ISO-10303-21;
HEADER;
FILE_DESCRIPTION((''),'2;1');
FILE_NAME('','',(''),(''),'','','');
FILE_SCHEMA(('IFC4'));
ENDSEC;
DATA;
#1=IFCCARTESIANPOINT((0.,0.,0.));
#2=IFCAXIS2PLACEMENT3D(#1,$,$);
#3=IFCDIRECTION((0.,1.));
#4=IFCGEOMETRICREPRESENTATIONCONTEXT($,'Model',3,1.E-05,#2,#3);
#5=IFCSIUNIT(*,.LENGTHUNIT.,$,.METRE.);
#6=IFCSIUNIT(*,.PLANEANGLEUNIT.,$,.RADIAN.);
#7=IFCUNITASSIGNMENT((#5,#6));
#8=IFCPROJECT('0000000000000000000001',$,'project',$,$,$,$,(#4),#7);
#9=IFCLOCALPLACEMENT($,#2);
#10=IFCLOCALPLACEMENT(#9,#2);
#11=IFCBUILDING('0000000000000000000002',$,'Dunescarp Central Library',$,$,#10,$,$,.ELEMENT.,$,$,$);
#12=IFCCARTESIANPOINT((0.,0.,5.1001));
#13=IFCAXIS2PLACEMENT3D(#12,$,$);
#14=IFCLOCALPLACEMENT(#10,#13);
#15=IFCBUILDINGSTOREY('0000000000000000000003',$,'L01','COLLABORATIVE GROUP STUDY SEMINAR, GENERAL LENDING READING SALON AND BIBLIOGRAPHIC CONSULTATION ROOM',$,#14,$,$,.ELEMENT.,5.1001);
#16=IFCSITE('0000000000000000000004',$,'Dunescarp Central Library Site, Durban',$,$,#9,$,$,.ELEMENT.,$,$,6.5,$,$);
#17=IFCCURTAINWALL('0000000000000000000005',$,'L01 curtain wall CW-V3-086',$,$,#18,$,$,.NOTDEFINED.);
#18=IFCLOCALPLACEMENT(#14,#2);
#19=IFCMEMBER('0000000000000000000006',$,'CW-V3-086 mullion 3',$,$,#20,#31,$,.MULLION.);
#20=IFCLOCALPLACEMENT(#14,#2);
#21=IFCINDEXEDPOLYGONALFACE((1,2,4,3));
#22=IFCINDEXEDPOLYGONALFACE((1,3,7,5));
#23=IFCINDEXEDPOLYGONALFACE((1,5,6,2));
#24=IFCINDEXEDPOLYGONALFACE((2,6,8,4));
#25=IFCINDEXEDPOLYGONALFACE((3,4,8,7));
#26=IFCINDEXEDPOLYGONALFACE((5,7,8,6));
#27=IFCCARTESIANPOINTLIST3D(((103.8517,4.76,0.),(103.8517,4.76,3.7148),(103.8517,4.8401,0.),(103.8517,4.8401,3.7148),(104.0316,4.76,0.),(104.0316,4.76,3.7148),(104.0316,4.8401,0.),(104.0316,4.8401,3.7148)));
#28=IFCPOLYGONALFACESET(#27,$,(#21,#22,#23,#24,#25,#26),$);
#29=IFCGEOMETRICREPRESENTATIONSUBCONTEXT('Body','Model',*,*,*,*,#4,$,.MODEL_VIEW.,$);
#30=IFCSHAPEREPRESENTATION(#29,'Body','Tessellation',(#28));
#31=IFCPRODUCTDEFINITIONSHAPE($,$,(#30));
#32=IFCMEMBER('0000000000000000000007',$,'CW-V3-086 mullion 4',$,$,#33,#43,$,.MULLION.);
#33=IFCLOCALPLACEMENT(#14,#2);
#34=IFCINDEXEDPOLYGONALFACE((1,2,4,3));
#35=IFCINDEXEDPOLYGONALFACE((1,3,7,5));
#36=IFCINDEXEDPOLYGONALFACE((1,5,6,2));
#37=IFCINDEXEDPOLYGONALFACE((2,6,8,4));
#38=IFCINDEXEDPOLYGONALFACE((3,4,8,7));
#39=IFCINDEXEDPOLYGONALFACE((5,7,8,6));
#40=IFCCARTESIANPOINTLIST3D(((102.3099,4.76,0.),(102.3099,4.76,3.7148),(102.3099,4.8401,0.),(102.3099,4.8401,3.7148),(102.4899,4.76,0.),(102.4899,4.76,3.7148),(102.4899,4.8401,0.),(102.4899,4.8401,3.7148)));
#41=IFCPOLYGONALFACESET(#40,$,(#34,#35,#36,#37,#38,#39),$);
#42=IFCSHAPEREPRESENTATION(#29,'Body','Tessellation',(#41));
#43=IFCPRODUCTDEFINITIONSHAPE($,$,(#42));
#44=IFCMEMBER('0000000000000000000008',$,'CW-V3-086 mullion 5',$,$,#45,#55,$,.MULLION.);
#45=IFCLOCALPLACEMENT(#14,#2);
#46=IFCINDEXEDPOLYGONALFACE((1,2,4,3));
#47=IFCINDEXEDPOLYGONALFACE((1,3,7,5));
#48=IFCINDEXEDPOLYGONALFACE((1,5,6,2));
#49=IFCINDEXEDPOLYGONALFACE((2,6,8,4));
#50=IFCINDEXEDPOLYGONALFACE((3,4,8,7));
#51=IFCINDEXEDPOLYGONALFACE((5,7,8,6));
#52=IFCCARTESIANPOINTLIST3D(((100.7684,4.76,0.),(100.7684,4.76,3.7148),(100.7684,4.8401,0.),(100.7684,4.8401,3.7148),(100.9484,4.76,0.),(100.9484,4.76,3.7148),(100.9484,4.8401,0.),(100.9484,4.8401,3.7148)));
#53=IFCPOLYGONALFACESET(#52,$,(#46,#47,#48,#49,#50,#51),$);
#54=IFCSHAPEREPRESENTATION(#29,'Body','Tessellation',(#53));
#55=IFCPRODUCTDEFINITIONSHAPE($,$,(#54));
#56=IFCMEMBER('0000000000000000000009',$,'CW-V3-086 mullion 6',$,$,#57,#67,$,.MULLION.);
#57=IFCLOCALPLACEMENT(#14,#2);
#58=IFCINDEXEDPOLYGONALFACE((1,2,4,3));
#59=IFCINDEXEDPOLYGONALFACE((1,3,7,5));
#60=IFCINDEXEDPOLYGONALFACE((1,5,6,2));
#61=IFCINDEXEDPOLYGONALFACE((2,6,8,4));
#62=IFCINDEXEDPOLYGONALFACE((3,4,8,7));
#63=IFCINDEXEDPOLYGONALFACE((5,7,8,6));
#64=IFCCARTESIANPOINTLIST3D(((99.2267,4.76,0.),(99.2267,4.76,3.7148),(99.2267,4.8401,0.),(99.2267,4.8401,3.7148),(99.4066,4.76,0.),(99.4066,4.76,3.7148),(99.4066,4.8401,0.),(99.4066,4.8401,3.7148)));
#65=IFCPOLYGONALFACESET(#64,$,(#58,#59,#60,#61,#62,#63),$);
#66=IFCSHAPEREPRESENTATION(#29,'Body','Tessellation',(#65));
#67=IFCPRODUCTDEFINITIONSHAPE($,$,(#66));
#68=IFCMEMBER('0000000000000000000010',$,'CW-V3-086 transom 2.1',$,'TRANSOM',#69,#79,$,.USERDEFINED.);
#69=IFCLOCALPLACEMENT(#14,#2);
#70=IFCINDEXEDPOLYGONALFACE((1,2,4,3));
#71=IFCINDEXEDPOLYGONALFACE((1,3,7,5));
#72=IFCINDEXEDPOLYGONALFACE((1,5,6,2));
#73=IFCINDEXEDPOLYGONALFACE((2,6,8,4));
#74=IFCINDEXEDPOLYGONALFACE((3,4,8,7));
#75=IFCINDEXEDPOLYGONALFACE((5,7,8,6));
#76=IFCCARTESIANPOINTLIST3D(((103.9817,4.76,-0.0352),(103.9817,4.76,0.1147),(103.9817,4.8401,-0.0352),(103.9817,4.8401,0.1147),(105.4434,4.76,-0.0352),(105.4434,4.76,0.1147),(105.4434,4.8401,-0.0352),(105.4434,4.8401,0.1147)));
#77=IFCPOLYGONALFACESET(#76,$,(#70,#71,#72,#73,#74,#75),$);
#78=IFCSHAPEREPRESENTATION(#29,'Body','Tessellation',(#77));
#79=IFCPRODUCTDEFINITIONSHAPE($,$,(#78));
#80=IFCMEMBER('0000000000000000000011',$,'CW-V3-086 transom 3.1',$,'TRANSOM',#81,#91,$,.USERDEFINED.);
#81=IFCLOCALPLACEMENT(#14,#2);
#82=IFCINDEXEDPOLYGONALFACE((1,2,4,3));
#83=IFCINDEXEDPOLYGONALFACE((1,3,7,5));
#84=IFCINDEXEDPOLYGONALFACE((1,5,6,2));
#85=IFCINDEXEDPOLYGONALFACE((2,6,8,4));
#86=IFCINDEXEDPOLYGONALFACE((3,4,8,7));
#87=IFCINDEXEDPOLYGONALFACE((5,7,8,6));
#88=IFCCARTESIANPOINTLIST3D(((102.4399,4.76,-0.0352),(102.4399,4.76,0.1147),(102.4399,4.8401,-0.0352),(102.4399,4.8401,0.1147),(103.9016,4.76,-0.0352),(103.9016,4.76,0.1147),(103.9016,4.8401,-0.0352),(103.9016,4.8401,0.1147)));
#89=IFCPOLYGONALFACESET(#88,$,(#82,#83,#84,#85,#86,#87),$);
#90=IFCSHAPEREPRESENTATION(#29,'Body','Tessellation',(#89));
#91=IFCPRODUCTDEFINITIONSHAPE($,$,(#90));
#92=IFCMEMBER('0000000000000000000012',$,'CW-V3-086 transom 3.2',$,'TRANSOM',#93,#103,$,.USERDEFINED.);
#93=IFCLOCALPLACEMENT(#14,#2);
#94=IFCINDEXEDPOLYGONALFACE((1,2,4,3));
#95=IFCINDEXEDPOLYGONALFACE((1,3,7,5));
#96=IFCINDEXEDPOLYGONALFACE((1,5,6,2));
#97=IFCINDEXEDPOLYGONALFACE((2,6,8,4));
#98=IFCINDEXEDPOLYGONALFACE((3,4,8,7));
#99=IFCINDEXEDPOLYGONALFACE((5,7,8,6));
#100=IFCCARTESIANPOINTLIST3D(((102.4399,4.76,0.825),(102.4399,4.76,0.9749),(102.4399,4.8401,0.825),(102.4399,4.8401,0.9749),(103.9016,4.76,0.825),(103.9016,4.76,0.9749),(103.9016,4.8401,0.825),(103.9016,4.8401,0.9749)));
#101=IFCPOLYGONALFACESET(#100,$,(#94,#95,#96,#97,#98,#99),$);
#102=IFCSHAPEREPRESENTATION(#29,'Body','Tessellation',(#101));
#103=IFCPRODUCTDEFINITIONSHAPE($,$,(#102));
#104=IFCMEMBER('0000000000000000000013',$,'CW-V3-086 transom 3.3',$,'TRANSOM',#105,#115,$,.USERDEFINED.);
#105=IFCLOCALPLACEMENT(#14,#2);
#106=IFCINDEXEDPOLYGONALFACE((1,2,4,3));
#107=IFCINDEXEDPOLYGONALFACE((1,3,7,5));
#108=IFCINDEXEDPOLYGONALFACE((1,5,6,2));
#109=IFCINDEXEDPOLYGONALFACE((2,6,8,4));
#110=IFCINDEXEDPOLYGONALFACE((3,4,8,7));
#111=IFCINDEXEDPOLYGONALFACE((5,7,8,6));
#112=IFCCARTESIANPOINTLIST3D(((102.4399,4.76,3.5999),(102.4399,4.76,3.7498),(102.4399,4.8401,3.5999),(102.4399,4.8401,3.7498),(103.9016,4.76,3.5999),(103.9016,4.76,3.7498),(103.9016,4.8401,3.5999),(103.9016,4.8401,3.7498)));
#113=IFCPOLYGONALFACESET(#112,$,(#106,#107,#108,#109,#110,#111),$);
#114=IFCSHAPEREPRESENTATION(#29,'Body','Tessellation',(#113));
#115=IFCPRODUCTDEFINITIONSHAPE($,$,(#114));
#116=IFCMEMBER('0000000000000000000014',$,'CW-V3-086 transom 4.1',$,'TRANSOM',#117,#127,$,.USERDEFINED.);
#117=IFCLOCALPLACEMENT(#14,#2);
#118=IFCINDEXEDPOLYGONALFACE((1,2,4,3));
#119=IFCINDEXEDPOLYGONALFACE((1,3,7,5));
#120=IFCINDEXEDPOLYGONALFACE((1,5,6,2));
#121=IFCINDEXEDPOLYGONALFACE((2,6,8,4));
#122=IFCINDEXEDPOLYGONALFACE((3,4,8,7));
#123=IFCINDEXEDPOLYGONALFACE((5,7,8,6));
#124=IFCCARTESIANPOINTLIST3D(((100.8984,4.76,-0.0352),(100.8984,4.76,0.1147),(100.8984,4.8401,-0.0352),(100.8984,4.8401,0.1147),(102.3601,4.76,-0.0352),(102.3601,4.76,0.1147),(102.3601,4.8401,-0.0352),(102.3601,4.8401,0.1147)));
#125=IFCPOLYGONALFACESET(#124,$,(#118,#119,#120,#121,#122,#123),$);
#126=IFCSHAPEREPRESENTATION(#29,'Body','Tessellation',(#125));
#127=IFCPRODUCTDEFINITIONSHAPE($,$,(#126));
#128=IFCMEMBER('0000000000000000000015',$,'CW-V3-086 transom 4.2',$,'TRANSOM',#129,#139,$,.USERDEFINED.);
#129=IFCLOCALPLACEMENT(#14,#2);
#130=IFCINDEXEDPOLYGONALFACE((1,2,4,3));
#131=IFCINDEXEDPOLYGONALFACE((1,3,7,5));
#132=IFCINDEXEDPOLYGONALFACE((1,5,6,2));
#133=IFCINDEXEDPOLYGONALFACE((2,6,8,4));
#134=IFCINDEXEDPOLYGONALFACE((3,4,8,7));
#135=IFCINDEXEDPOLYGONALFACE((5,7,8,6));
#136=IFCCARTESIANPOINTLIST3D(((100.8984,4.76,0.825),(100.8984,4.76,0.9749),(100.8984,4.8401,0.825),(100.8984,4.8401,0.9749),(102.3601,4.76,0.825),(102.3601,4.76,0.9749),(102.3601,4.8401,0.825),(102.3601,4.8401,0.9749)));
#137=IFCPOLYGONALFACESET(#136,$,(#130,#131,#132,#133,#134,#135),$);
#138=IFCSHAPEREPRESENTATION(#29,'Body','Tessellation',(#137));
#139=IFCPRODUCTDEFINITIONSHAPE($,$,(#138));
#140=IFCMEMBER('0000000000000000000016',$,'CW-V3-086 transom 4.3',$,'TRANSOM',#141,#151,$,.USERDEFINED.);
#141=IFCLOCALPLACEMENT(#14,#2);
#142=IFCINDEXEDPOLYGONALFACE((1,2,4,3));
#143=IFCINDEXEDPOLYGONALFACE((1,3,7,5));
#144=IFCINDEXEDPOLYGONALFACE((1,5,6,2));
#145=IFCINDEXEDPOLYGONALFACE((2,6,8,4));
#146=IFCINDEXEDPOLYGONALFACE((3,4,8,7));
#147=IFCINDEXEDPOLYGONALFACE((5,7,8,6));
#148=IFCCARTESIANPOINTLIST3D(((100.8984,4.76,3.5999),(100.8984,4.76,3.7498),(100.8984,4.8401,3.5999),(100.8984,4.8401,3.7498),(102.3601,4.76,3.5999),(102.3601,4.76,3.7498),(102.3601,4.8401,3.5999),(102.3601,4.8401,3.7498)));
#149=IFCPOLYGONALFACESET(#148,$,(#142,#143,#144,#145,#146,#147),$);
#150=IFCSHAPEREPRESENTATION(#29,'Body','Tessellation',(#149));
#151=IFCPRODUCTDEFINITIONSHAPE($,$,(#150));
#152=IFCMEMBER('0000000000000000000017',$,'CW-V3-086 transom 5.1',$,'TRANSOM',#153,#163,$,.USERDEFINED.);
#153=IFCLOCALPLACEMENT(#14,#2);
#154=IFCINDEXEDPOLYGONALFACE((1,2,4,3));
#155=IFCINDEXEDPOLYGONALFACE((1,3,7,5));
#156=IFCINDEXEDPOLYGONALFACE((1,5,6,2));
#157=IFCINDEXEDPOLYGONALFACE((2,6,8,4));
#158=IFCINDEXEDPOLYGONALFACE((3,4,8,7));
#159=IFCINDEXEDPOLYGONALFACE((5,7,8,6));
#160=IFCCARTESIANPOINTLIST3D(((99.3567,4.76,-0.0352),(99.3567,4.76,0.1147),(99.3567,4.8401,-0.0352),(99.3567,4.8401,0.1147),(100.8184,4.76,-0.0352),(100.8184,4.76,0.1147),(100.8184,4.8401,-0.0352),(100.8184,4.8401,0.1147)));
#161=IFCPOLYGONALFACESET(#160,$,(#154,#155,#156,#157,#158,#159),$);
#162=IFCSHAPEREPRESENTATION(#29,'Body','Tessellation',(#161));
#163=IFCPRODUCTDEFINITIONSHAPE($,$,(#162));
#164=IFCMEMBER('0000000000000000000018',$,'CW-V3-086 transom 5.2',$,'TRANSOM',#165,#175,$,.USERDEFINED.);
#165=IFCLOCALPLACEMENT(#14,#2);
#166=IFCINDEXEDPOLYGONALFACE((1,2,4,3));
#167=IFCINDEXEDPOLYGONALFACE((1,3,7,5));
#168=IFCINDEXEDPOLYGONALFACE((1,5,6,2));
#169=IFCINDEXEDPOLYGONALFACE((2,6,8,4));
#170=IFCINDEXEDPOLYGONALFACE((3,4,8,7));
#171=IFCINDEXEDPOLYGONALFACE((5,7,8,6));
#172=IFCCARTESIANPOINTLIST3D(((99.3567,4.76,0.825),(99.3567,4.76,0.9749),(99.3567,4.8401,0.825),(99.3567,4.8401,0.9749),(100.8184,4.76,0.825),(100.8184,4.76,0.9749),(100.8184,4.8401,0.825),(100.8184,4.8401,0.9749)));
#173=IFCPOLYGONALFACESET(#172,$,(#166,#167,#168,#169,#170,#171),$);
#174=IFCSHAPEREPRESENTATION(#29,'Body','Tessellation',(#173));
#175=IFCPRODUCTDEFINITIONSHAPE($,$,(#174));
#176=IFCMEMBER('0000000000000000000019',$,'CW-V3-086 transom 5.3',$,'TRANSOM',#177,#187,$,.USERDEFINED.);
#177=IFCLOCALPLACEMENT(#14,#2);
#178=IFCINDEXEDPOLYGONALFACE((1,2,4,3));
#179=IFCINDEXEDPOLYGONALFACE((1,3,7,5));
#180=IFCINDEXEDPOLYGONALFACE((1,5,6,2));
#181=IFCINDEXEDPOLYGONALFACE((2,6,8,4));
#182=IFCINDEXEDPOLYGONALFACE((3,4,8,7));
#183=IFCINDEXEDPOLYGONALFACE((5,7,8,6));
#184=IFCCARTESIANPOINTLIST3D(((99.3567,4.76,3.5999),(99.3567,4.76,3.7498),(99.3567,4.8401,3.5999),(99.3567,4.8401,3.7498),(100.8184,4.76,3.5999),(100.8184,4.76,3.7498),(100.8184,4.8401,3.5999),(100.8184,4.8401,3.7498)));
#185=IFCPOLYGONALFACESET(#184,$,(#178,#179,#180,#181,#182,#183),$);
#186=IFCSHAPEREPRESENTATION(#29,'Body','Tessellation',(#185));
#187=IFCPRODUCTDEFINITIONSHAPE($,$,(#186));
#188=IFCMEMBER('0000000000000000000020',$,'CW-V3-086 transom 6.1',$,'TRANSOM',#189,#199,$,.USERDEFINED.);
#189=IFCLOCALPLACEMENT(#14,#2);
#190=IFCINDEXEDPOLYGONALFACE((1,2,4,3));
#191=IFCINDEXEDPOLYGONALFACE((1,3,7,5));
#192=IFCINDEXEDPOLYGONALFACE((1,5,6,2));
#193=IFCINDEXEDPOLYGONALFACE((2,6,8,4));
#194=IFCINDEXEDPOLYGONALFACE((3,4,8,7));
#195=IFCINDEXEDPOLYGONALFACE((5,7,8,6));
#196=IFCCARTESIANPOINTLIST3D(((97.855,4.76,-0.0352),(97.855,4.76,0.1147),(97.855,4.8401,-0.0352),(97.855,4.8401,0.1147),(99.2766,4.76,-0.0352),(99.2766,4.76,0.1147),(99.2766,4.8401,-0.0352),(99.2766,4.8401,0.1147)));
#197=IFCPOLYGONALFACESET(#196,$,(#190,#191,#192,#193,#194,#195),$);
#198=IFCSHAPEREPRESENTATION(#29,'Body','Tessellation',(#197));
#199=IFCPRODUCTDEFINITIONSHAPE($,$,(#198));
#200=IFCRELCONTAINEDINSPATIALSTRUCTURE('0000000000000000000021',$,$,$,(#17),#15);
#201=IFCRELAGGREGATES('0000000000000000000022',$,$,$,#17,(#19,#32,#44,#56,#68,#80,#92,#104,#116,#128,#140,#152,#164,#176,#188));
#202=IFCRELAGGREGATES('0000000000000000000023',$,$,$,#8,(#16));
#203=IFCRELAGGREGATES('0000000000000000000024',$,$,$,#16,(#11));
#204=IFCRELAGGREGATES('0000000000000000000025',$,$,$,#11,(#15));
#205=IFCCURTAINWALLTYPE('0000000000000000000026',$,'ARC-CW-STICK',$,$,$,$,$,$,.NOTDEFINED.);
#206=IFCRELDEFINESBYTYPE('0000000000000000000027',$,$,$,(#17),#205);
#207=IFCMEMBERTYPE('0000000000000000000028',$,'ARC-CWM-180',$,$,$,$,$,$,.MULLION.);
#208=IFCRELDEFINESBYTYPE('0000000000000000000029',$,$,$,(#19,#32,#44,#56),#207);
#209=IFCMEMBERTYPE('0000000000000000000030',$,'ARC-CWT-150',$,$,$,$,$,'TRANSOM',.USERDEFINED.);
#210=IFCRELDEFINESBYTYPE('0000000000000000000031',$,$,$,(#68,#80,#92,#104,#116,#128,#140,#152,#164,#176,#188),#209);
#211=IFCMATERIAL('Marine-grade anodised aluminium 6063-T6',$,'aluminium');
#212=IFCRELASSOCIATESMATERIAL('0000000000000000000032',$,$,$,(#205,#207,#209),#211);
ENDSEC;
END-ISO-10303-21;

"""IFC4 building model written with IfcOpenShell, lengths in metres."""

from ifc_helpers import new_model, si_unit, direction, frame, origin, origin_2d, place, context, subcontext, project, spatial, rectangle, extrude, material, material_profile, profile_set, type_object, element, aggregate, save


model = new_model("IFC4")

# Units and contexts
model_context = context("Model", 3, precision=1e-05, world=origin(), true_north=direction((0.0, 1.0)))
body_context = subcontext(model_context, "Body", "Model", "MODEL_VIEW")
ifc_project = project(units=[si_unit("LENGTHUNIT", "METRE"), si_unit("PLANEANGLEUNIT", "RADIAN")], contexts=[model_context])

# Site, building, storey
site_placement = place(None, origin())
site = spatial("IfcSite", under=ifc_project, at=site_placement, Name="Dunescarp Central Library Site, Durban", CompositionType="ELEMENT", RefElevation=6.5)
building_placement = place(site_placement, origin())
building = spatial("IfcBuilding", under=site, at=building_placement, Name="Dunescarp Central Library", CompositionType="ELEMENT")
storey_placement = place(building_placement, frame((0.0, 0.0, 5.1001)))
storey = spatial("IfcBuildingStorey", under=building, at=storey_placement, Name="L01", Description="COLLABORATIVE GROUP STUDY SEMINAR, GENERAL LENDING READING SALON AND BIBLIOGRAPHIC CONSULTATION ROOM", CompositionType="ELEMENT", Elevation=5.1001)

# Curtain wall, members
ifc_material_1 = material(Name="Marine-grade anodised aluminium 6063-T6", Category="aluminium")
curtain_wall_type = type_object("IfcCurtainWallType", Name="ARC-CW-STICK", PredefinedType="NOTDEFINED", material=ifc_material_1)
curtain_wall_placement = place(storey_placement, origin())
curtain_wall = element("IfcCurtainWall", 1, at=curtain_wall_placement, inside=storey, type_object=curtain_wall_type, Name="L01 curtain wall CW-V3-086", PredefinedType="NOTDEFINED")
ifc_material_profile_1 = material_profile(ifc_material_1, rectangle(XDim=0.0801, YDim=0.1799, at=origin_2d()), Name="AL 80x180")
ifc_profile_set_1 = profile_set([ifc_material_profile_1], Name="Marine-grade anodised aluminium 6063-T6")
member_type_1 = type_object("IfcMemberType", Name="ARC-CWM-180", PredefinedType="MULLION", material=ifc_profile_set_1)
member_1_placement = place(storey_placement, frame((103.9417, 4.8, 0.0), z_axis=(0.0, 0.0, 1.0), x_axis=(0.0, -1.0, 0.0)))
member_1 = element("IfcMember", 2, at=member_1_placement, type_object=member_type_1, Name="CW-V3-086 mullion 3", PredefinedType="MULLION", context=body_context, shape_type="SweptSolid", body=[
    extrude(rectangle(XDim=0.0801, YDim=0.1799, at=origin_2d()), origin(), (0.0, 0.0, 1.0), 3.7148),
])
member_2_placement = place(storey_placement, frame((102.3999, 4.8, 0.0), z_axis=(0.0, 0.0, 1.0), x_axis=(0.0, -1.0, 0.0)))
member_2 = element("IfcMember", 3, at=member_2_placement, type_object=member_type_1, Name="CW-V3-086 mullion 4", PredefinedType="MULLION", context=body_context, shape_type="SweptSolid", body=[
    extrude(rectangle(XDim=0.0801, YDim=0.1799, at=origin_2d()), origin(), (0.0, 0.0, 1.0), 3.7148),
])
member_3_placement = place(storey_placement, frame((100.8584, 4.8, 0.0), z_axis=(0.0, 0.0, 1.0), x_axis=(0.0, -1.0, 0.0)))
member_3 = element("IfcMember", 4, at=member_3_placement, type_object=member_type_1, Name="CW-V3-086 mullion 5", PredefinedType="MULLION", context=body_context, shape_type="SweptSolid", body=[
    extrude(rectangle(XDim=0.0801, YDim=0.1799, at=origin_2d()), origin(), (0.0, 0.0, 1.0), 3.7148),
])
member_4_placement = place(storey_placement, frame((99.3167, 4.8, 0.0), z_axis=(0.0, 0.0, 1.0), x_axis=(0.0, -1.0, 0.0)))
member_4 = element("IfcMember", 5, at=member_4_placement, type_object=member_type_1, Name="CW-V3-086 mullion 6", PredefinedType="MULLION", context=body_context, shape_type="SweptSolid", body=[
    extrude(rectangle(XDim=0.0801, YDim=0.1799, at=origin_2d()), origin(), (0.0, 0.0, 1.0), 3.7148),
])
ifc_material_profile_2 = material_profile(ifc_material_1, rectangle(XDim=0.0801, YDim=0.1499, at=origin_2d()), Name="AL 80x150")
ifc_profile_set_2 = profile_set([ifc_material_profile_2], Name="Marine-grade anodised aluminium 6063-T6")
member_type_2 = type_object("IfcMemberType", Name="ARC-CWT-150", ElementType="TRANSOM", PredefinedType="USERDEFINED", material=ifc_profile_set_2)
member_5_placement = place(storey_placement, frame((105.4434, 4.8, 0.0398), z_axis=(-1.0, 0.0, 0.0), x_axis=(0.0, -1.0, 0.0)))
member_5 = element("IfcMember", 6, at=member_5_placement, type_object=member_type_2, Name="CW-V3-086 transom 2.1", ObjectType="TRANSOM", PredefinedType="USERDEFINED", context=body_context, shape_type="SweptSolid", body=[
    extrude(rectangle(XDim=0.0801, YDim=0.1499, at=origin_2d()), origin(), (0.0, 0.0, 1.0), 1.4617),
])
member_6_placement = place(storey_placement, frame((103.9016, 4.8, 0.0398), z_axis=(-1.0, 0.0, 0.0), x_axis=(0.0, -1.0, 0.0)))
member_6 = element("IfcMember", 7, at=member_6_placement, type_object=member_type_2, Name="CW-V3-086 transom 3.1", ObjectType="TRANSOM", PredefinedType="USERDEFINED", context=body_context, shape_type="SweptSolid", body=[
    extrude(rectangle(XDim=0.0801, YDim=0.1499, at=origin_2d()), origin(), (0.0, 0.0, 1.0), 1.4617),
])
member_7_placement = place(storey_placement, frame((103.9016, 4.8, 0.8999), z_axis=(-1.0, 0.0, 0.0), x_axis=(0.0, -1.0, 0.0)))
member_7 = element("IfcMember", 8, at=member_7_placement, type_object=member_type_2, Name="CW-V3-086 transom 3.2", ObjectType="TRANSOM", PredefinedType="USERDEFINED", context=body_context, shape_type="SweptSolid", body=[
    extrude(rectangle(XDim=0.0801, YDim=0.1499, at=origin_2d()), origin(), (0.0, 0.0, 1.0), 1.4617),
])
member_8_placement = place(storey_placement, frame((103.9016, 4.8, 3.6748), z_axis=(-1.0, 0.0, 0.0), x_axis=(0.0, -1.0, 0.0)))
member_8 = element("IfcMember", 9, at=member_8_placement, type_object=member_type_2, Name="CW-V3-086 transom 3.3", ObjectType="TRANSOM", PredefinedType="USERDEFINED", context=body_context, shape_type="SweptSolid", body=[
    extrude(rectangle(XDim=0.0801, YDim=0.1499, at=origin_2d()), origin(), (0.0, 0.0, 1.0), 1.4617),
])
member_9_placement = place(storey_placement, frame((102.3601, 4.8, 0.0398), z_axis=(-1.0, 0.0, 0.0), x_axis=(0.0, -1.0, 0.0)))
member_9 = element("IfcMember", 10, at=member_9_placement, type_object=member_type_2, Name="CW-V3-086 transom 4.1", ObjectType="TRANSOM", PredefinedType="USERDEFINED", context=body_context, shape_type="SweptSolid", body=[
    extrude(rectangle(XDim=0.0801, YDim=0.1499, at=origin_2d()), origin(), (0.0, 0.0, 1.0), 1.4617),
])
member_10_placement = place(storey_placement, frame((102.3601, 4.8, 0.8999), z_axis=(-1.0, 0.0, 0.0), x_axis=(0.0, -1.0, 0.0)))
member_10 = element("IfcMember", 11, at=member_10_placement, type_object=member_type_2, Name="CW-V3-086 transom 4.2", ObjectType="TRANSOM", PredefinedType="USERDEFINED", context=body_context, shape_type="SweptSolid", body=[
    extrude(rectangle(XDim=0.0801, YDim=0.1499, at=origin_2d()), origin(), (0.0, 0.0, 1.0), 1.4617),
])
member_11_placement = place(storey_placement, frame((102.3601, 4.8, 3.6748), z_axis=(-1.0, 0.0, 0.0), x_axis=(0.0, -1.0, 0.0)))
member_11 = element("IfcMember", 12, at=member_11_placement, type_object=member_type_2, Name="CW-V3-086 transom 4.3", ObjectType="TRANSOM", PredefinedType="USERDEFINED", context=body_context, shape_type="SweptSolid", body=[
    extrude(rectangle(XDim=0.0801, YDim=0.1499, at=origin_2d()), origin(), (0.0, 0.0, 1.0), 1.4617),
])
member_12_placement = place(storey_placement, frame((100.8184, 4.8, 0.0398), z_axis=(-1.0, 0.0, 0.0), x_axis=(0.0, -1.0, 0.0)))
member_12 = element("IfcMember", 13, at=member_12_placement, type_object=member_type_2, Name="CW-V3-086 transom 5.1", ObjectType="TRANSOM", PredefinedType="USERDEFINED", context=body_context, shape_type="SweptSolid", body=[
    extrude(rectangle(XDim=0.0801, YDim=0.1499, at=origin_2d()), origin(), (0.0, 0.0, 1.0), 1.4617),
])
member_13_placement = place(storey_placement, frame((100.8184, 4.8, 0.8999), z_axis=(-1.0, 0.0, 0.0), x_axis=(0.0, -1.0, 0.0)))
member_13 = element("IfcMember", 14, at=member_13_placement, type_object=member_type_2, Name="CW-V3-086 transom 5.2", ObjectType="TRANSOM", PredefinedType="USERDEFINED", context=body_context, shape_type="SweptSolid", body=[
    extrude(rectangle(XDim=0.0801, YDim=0.1499, at=origin_2d()), origin(), (0.0, 0.0, 1.0), 1.4617),
])
member_14_placement = place(storey_placement, frame((100.8184, 4.8, 3.6748), z_axis=(-1.0, 0.0, 0.0), x_axis=(0.0, -1.0, 0.0)))
member_14 = element("IfcMember", 15, at=member_14_placement, type_object=member_type_2, Name="CW-V3-086 transom 5.3", ObjectType="TRANSOM", PredefinedType="USERDEFINED", context=body_context, shape_type="SweptSolid", body=[
    extrude(rectangle(XDim=0.0801, YDim=0.1499, at=origin_2d()), origin(), (0.0, 0.0, 1.0), 1.4617),
])
member_15_placement = place(storey_placement, frame((99.2766, 4.8, 0.0398), z_axis=(-1.0, 0.0, 0.0), x_axis=(0.0, -1.0, 0.0)))
member_15 = element("IfcMember", 16, at=member_15_placement, type_object=member_type_2, Name="CW-V3-086 transom 6.1", ObjectType="TRANSOM", PredefinedType="USERDEFINED", context=body_context, shape_type="SweptSolid", body=[
    extrude(rectangle(XDim=0.0801, YDim=0.1499, at=origin_2d()), origin(), (0.0, 0.0, 1.0), 1.4216),
])
aggregate(curtain_wall, [member_1, member_2, member_3, member_4, member_5, member_6, member_7, member_8, member_9, member_10, member_11, member_12, member_13, member_14, member_15])

save(model, "model.ifc")
